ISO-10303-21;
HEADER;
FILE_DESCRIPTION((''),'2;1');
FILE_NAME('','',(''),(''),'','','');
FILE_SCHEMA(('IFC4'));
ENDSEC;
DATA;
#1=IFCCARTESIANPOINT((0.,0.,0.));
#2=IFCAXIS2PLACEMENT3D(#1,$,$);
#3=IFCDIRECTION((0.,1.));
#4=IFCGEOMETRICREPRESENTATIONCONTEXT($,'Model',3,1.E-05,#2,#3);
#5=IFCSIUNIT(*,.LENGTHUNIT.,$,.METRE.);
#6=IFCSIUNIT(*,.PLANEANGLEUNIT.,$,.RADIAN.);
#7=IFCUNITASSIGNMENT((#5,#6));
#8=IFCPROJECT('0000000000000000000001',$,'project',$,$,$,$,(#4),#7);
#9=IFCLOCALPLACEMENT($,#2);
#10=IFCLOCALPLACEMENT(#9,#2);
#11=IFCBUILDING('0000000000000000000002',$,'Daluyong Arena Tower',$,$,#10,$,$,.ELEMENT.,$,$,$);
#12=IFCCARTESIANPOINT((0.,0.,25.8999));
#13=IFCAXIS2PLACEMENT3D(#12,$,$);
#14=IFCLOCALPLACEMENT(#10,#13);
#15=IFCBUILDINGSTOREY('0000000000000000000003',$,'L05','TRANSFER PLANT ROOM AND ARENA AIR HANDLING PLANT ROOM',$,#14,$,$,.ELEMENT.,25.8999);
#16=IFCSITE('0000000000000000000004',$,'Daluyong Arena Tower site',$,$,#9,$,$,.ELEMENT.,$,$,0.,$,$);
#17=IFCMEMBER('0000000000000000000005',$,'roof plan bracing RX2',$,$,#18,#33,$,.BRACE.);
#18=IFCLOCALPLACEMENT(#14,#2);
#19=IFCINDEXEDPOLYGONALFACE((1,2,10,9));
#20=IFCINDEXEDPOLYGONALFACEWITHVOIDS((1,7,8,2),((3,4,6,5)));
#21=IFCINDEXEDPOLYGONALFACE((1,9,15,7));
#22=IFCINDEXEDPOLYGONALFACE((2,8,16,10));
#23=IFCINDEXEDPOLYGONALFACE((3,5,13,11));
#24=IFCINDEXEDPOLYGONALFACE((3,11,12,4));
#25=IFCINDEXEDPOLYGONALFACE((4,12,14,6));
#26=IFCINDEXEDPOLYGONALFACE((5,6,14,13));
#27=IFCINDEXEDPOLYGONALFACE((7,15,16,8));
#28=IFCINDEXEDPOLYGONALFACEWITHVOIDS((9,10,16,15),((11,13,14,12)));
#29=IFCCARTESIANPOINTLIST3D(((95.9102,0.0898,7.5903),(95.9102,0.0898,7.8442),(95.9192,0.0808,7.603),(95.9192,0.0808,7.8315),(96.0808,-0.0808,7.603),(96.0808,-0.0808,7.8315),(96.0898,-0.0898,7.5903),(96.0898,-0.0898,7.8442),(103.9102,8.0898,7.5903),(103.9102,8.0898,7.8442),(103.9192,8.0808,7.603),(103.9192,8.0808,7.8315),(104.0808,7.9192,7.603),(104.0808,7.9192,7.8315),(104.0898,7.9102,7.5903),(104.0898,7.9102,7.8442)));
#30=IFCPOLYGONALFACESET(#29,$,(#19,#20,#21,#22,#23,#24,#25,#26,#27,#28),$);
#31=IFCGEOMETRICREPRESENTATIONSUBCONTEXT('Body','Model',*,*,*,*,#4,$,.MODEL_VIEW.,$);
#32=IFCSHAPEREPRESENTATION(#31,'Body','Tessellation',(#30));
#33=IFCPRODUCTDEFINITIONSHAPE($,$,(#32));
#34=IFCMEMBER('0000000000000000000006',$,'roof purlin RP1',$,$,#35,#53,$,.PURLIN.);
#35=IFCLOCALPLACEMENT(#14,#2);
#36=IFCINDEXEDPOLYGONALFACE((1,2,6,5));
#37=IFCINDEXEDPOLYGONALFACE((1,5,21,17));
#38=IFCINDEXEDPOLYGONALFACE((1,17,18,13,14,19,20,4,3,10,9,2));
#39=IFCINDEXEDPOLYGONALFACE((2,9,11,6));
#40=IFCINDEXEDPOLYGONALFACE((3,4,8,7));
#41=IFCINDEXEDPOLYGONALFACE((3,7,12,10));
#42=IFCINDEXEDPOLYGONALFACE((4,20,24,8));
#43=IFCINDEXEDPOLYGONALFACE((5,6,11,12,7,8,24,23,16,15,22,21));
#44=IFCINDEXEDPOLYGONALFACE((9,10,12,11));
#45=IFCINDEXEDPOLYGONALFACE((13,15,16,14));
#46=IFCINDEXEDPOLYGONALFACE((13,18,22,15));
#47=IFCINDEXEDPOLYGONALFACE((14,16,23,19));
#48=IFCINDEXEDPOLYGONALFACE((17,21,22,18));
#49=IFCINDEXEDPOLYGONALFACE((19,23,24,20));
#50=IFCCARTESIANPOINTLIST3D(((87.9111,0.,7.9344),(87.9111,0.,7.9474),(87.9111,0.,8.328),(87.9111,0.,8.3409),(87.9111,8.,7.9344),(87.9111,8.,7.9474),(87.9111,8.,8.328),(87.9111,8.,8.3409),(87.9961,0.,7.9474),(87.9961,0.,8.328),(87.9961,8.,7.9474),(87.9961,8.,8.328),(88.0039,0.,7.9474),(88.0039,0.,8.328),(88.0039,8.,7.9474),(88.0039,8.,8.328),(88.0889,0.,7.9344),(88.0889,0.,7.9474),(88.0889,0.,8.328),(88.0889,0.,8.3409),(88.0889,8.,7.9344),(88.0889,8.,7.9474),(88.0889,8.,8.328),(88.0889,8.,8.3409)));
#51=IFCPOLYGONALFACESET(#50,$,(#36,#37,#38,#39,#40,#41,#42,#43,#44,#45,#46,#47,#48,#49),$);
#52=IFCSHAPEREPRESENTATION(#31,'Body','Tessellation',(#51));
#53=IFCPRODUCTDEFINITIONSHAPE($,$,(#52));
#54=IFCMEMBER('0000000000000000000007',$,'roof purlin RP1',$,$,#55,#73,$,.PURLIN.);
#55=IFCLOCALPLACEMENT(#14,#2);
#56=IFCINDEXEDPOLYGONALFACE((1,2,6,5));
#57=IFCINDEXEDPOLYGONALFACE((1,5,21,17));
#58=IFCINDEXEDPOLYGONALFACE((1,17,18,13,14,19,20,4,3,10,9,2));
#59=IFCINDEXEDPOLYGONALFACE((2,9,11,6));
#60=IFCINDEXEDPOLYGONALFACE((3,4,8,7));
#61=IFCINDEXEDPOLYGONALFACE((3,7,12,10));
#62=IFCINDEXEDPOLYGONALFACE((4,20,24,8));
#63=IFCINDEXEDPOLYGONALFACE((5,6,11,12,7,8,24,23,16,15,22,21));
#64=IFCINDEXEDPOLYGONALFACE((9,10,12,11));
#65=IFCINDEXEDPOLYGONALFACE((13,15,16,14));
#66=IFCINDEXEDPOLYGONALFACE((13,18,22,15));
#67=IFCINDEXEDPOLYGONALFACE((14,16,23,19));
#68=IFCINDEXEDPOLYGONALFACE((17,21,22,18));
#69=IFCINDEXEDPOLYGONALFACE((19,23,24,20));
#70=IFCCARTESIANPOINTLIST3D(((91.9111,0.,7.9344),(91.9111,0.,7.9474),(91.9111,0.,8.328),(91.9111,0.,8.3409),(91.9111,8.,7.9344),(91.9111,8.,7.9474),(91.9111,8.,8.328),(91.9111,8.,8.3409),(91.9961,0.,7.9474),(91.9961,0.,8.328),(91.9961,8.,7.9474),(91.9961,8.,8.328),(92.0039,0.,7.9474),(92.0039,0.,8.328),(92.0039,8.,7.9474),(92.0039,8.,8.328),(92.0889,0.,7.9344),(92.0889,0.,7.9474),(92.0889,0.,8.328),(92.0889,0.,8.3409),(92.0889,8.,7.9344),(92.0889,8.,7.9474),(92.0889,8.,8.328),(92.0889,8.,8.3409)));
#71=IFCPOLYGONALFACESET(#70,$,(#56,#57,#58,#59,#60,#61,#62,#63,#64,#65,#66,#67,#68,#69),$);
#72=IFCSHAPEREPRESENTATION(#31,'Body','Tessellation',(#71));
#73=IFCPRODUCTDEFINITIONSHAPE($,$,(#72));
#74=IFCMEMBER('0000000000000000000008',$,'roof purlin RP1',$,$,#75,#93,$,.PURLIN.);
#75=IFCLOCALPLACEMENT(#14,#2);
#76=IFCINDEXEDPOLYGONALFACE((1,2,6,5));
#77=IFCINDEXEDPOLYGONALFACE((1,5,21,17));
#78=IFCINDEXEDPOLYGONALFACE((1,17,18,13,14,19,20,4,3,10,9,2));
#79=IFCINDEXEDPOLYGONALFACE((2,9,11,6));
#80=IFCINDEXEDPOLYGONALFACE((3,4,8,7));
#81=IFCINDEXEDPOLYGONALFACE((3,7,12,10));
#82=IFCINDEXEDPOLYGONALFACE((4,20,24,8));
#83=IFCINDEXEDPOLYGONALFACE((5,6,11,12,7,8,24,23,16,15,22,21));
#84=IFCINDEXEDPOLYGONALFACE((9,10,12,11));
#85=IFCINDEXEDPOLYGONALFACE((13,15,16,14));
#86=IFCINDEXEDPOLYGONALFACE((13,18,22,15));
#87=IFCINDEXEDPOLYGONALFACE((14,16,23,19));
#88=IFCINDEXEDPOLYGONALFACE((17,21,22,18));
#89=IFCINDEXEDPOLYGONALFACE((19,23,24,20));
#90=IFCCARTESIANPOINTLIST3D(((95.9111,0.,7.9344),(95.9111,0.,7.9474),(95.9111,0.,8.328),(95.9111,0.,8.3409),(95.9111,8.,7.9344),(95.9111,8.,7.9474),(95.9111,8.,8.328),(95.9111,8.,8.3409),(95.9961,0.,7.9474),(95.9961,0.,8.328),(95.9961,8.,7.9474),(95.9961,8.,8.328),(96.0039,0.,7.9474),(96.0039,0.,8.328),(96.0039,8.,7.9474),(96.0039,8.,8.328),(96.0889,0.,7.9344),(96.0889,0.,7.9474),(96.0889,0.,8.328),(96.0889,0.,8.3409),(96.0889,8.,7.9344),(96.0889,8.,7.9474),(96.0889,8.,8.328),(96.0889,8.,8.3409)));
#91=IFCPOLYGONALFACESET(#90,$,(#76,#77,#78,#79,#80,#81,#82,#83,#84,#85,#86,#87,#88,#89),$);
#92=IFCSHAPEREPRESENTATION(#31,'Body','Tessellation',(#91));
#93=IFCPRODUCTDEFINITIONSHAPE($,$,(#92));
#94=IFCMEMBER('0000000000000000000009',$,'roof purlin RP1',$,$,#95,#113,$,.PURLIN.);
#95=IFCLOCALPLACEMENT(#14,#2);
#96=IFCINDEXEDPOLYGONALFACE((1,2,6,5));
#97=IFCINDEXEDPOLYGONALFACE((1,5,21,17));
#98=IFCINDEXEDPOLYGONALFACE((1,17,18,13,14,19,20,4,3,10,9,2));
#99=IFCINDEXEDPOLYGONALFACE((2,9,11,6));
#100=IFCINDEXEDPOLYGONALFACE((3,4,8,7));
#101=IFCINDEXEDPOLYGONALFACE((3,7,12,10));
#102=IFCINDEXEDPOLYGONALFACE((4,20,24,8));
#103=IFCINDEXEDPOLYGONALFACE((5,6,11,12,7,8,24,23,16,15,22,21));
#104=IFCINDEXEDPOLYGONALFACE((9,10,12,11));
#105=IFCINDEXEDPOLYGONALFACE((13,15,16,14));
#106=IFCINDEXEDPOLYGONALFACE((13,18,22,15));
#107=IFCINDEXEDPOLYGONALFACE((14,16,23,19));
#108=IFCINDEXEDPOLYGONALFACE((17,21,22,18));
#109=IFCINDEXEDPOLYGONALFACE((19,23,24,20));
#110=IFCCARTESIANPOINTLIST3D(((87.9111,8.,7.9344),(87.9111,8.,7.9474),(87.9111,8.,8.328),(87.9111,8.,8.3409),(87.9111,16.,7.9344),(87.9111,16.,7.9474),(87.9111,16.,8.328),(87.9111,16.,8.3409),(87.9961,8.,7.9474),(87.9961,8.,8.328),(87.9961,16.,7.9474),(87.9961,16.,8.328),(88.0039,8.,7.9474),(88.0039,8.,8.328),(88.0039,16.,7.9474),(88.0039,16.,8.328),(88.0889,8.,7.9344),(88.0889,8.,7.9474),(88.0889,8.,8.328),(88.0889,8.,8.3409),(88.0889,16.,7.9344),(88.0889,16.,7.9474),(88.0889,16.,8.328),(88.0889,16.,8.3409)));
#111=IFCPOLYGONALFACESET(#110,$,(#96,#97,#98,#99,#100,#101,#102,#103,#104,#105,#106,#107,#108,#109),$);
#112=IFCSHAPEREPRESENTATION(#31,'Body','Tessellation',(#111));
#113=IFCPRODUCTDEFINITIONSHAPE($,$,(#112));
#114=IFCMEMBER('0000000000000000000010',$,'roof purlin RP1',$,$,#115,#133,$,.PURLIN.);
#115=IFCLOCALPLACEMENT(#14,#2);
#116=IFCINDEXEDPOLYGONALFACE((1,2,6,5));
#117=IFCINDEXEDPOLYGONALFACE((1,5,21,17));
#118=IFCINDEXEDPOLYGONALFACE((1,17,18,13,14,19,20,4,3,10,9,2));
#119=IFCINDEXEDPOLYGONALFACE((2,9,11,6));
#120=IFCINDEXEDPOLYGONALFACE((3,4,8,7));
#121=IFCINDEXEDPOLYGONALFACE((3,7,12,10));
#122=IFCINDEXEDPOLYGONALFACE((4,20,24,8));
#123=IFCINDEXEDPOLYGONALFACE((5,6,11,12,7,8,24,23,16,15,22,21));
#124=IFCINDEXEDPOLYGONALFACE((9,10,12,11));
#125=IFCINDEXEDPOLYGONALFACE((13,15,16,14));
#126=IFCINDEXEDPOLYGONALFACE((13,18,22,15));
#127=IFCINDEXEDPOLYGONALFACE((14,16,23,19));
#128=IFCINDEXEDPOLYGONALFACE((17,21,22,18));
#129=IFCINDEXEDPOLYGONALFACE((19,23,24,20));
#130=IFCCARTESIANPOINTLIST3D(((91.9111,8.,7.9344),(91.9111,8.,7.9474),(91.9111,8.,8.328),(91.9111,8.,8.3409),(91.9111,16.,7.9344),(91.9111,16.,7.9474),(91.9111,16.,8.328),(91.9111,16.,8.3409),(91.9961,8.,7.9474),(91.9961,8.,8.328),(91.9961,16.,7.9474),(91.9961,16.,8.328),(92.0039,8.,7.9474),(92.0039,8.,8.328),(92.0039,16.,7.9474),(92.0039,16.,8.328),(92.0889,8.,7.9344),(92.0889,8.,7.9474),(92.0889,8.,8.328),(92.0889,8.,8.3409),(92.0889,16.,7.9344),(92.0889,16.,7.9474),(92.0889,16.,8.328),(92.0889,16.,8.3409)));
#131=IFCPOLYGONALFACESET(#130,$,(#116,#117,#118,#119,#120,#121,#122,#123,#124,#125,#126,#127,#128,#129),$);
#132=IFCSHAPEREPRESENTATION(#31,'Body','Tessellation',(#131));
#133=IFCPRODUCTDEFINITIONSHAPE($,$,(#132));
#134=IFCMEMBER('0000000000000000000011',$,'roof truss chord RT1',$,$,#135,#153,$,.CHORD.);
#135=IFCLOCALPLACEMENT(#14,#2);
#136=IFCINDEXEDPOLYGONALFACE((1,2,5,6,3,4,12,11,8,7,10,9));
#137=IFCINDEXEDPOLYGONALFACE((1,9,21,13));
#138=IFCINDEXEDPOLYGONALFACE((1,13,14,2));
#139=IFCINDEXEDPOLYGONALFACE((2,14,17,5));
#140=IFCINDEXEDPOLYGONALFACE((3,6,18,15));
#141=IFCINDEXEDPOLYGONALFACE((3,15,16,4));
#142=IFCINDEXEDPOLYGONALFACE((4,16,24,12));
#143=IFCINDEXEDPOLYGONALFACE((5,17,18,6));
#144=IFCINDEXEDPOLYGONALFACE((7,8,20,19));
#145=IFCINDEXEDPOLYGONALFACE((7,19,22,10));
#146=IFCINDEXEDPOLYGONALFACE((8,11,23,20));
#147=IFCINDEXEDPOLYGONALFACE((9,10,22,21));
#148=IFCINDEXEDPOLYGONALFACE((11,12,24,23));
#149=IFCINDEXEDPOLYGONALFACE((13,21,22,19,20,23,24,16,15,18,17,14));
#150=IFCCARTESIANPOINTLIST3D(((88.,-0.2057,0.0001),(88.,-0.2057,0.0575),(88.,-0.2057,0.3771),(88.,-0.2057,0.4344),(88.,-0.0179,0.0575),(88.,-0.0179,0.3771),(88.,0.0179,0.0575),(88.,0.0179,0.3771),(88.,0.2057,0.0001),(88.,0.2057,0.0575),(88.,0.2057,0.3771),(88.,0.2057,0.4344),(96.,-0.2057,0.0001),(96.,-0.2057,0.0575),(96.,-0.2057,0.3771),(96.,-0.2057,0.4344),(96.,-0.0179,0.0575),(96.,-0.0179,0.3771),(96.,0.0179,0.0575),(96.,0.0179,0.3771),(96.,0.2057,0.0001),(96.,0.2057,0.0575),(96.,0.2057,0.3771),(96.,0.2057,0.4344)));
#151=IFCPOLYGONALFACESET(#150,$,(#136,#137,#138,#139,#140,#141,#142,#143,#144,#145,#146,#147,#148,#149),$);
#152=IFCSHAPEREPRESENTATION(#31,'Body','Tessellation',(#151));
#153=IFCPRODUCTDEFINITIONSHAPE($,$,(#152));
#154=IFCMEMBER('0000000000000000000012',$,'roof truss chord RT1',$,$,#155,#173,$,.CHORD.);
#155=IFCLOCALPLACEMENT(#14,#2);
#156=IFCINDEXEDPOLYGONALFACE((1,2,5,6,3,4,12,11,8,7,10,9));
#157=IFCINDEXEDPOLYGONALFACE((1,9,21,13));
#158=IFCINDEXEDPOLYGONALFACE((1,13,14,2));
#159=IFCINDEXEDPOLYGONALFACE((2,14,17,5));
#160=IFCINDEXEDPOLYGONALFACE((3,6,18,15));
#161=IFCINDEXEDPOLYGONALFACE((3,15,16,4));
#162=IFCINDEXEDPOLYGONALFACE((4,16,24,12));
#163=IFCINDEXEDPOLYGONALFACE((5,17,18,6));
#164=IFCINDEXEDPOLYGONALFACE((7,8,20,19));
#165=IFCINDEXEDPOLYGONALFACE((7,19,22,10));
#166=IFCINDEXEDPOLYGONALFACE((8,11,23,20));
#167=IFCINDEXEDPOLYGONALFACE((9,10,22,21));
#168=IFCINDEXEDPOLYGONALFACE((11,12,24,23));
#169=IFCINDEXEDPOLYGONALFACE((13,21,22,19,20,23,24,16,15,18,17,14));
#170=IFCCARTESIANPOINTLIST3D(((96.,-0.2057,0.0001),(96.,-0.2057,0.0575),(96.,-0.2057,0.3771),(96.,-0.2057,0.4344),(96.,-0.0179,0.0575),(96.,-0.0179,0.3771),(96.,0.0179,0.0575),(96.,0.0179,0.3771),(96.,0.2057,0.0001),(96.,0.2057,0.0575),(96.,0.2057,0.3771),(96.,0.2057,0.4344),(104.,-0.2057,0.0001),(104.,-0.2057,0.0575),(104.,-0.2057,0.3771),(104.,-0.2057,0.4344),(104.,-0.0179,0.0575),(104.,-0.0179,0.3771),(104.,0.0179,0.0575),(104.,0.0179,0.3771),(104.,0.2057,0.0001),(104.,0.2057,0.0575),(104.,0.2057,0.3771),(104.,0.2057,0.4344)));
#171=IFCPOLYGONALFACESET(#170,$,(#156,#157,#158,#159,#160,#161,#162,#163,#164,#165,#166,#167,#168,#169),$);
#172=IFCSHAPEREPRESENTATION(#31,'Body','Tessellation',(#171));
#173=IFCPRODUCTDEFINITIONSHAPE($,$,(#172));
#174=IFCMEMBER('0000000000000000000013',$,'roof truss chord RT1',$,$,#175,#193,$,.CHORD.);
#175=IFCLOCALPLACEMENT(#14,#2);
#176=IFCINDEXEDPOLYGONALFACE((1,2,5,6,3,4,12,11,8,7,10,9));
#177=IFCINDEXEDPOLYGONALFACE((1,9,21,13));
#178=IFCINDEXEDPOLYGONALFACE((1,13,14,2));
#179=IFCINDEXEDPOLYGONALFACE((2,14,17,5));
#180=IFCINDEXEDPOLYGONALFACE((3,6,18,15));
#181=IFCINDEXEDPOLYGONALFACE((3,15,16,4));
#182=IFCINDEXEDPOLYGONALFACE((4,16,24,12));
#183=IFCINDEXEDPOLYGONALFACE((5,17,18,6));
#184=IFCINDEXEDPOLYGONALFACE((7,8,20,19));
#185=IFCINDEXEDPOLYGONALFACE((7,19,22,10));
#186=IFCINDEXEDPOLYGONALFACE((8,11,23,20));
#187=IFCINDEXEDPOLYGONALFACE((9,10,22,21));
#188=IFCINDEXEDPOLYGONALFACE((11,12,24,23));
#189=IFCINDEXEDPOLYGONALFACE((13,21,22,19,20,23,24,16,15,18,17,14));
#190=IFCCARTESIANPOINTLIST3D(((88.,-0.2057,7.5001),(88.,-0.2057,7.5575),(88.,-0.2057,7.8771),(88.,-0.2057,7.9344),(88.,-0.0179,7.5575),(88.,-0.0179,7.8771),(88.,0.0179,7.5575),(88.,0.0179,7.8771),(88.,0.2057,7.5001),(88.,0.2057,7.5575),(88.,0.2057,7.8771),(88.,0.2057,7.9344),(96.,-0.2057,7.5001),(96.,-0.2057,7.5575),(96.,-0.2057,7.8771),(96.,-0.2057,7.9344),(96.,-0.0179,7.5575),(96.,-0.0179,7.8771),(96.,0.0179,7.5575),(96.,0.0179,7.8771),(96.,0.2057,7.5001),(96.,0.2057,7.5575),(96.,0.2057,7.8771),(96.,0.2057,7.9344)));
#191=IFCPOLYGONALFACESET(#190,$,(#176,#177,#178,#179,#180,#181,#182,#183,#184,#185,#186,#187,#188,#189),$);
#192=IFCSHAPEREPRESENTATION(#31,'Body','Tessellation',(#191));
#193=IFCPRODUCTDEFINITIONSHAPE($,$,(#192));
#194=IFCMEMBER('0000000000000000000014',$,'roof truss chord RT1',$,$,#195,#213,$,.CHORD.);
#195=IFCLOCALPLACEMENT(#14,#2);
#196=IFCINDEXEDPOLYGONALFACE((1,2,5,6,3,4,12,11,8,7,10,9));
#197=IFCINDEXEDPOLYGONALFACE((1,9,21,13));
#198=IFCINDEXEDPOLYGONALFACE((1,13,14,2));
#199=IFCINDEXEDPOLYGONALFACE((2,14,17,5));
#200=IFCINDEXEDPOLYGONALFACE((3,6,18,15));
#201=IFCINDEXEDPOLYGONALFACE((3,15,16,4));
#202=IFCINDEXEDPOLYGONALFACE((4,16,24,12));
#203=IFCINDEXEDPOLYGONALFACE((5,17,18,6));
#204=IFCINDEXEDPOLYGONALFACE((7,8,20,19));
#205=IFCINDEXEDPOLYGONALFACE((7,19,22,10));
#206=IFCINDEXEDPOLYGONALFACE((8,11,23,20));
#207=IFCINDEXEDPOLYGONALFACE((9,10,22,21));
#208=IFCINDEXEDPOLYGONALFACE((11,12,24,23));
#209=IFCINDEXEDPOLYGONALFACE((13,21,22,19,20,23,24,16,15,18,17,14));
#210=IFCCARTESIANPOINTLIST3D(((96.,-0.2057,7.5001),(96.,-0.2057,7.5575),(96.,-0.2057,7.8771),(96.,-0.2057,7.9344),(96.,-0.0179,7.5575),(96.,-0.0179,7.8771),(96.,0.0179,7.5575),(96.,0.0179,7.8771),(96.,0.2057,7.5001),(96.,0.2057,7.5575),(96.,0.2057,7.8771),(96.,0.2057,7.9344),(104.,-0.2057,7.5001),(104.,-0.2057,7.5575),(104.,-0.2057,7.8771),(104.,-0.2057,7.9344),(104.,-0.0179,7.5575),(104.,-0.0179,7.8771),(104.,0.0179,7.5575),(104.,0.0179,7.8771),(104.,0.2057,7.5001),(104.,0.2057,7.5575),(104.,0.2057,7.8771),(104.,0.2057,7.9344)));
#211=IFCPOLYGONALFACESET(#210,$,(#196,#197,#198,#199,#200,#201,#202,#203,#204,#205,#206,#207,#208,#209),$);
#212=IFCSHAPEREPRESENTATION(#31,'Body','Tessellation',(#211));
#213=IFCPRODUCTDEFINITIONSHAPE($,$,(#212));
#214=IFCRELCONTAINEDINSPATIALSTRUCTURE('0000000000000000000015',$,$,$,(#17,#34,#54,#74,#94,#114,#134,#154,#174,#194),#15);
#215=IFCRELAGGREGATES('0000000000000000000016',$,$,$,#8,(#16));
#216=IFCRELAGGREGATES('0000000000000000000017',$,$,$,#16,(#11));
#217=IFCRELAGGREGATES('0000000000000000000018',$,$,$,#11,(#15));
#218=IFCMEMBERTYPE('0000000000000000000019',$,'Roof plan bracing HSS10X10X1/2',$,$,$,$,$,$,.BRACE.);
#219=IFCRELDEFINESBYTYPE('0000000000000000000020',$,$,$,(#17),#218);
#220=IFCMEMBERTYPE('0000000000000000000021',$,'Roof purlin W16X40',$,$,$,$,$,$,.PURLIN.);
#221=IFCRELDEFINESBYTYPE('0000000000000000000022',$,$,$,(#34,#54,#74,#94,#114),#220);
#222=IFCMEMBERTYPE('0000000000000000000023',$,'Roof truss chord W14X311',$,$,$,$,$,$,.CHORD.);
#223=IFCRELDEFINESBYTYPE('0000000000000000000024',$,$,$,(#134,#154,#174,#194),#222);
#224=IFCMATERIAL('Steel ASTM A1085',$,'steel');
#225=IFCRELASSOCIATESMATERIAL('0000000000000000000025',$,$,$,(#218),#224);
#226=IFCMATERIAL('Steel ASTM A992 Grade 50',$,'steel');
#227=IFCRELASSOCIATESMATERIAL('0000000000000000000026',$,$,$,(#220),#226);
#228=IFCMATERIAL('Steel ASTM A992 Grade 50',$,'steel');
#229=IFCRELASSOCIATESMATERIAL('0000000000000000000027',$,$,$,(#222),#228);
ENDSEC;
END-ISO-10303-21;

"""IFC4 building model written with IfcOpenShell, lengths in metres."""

from ifc_helpers import new_model, si_unit, direction, frame, origin, origin_2d, place, context, subcontext, project, spatial, hollow_rectangle, i_section, extrude, material, material_profile, profile_set, type_object, element, save


model = new_model("IFC4")

# Units and contexts
model_context = context("Model", 3, precision=1e-05, world=origin(), true_north=direction((0.0, 1.0)))
body_context = subcontext(model_context, "Body", "Model", "MODEL_VIEW")
ifc_project = project(units=[si_unit("LENGTHUNIT", "METRE"), si_unit("PLANEANGLEUNIT", "RADIAN")], contexts=[model_context])

# Site, building, storey
site_placement = place(None, origin())
site = spatial("IfcSite", under=ifc_project, at=site_placement, Name="Daluyong Arena Tower site", CompositionType="ELEMENT", RefElevation=0.0)
building_placement = place(site_placement, origin())
building = spatial("IfcBuilding", under=site, at=building_placement, Name="Daluyong Arena Tower", CompositionType="ELEMENT")
storey_placement = place(building_placement, frame((0.0, 0.0, 25.8999)))
storey = spatial("IfcBuildingStorey", under=building, at=storey_placement, Name="L05", Description="TRANSFER PLANT ROOM AND ARENA AIR HANDLING PLANT ROOM", CompositionType="ELEMENT", Elevation=25.8999)

# Members
ifc_material_1 = material(Name="Steel ASTM A1085", Category="steel")
ifc_material_profile_1 = material_profile(ifc_material_1, hollow_rectangle(XDim=0.2539, YDim=0.2539, WallThickness=0.0127, at=origin_2d()))
ifc_profile_set_1 = profile_set([ifc_material_profile_1], Name="Steel ASTM A1085")
member_type_1 = type_object("IfcMemberType", Name="Roof plan bracing HSS10X10X1/2", PredefinedType="BRACE", material=ifc_profile_set_1)
member_placement = place(storey_placement, frame((96.0, 0.0, 7.7173), z_axis=(0.707107, 0.707107, 0.0), x_axis=(-0.707107, 0.707107, 0.0)))
element("IfcMember", 1, at=member_placement, inside=storey, type_object=member_type_1, Name="roof plan bracing RX2", PredefinedType="BRACE", context=body_context, shape_type="SweptSolid", body=[
    extrude(hollow_rectangle(XDim=0.2539, YDim=0.2539, WallThickness=0.0127, at=origin_2d()), origin(), (0.0, 0.0, 1.0), 11.3137),
])
ifc_material_2 = material(Name="Steel ASTM A992 Grade 50", Category="steel")
ifc_material_profile_2 = material_profile(ifc_material_2, i_section(OverallWidth=0.1777, OverallDepth=0.4065, WebThickness=0.0078, FlangeThickness=0.0129, at=origin_2d()))
ifc_profile_set_2 = profile_set([ifc_material_profile_2], Name="Steel ASTM A992 Grade 50")
member_type_2 = type_object("IfcMemberType", Name="Roof purlin W16X40", PredefinedType="PURLIN", material=ifc_profile_set_2)
for number, where, z_axis, x_axis, name in (
    (2, (88.0, 0.0, 8.1377), (0.0, 1.0, 0.0), (-1.0, 0.0, 0.0), "roof purlin RP1"),
    (3, (92.0, 0.0, 8.1377), (0.0, 1.0, 0.0), (-1.0, 0.0, 0.0), "roof purlin RP1"),
    (4, (96.0, 0.0, 8.1377), (0.0, 1.0, 0.0), (-1.0, 0.0, 0.0), "roof purlin RP1"),
    (5, (88.0, 8.0, 8.1377), (0.0, 1.0, 0.0), (-1.0, 0.0, 0.0), "roof purlin RP1"),
    (6, (92.0, 8.0, 8.1377), (0.0, 1.0, 0.0), (-1.0, 0.0, 0.0), "roof purlin RP1"),
):
    element("IfcMember", number, at=place(storey_placement, frame(where, z_axis=z_axis, x_axis=x_axis)), inside=storey, type_object=member_type_2, Name=name, PredefinedType="PURLIN", context=body_context, shape_type="SweptSolid", body=[
        extrude(i_section(OverallWidth=0.1777, OverallDepth=0.4065, WebThickness=0.0078, FlangeThickness=0.0129, at=origin_2d()), origin(), (0.0, 0.0, 1.0), 8.0),
    ])
ifc_material_3 = material(Name="Steel ASTM A992 Grade 50", Category="steel")
ifc_material_profile_3 = material_profile(ifc_material_3, i_section(OverallWidth=0.4114, OverallDepth=0.4343, WebThickness=0.0359, FlangeThickness=0.0574, at=origin_2d()))
ifc_profile_set_3 = profile_set([ifc_material_profile_3], Name="Steel ASTM A992 Grade 50")
member_type_3 = type_object("IfcMemberType", Name="Roof truss chord W14X311", PredefinedType="CHORD", material=ifc_profile_set_3)
for number, where, z_axis, x_axis, name in (
    (7, (88.0, 0.0, 0.2173), (1.0, 0.0, 0.0), (0.0, 1.0, 0.0), "roof truss chord RT1"),
    (8, (96.0, 0.0, 0.2173), (1.0, 0.0, 0.0), (0.0, 1.0, 0.0), "roof truss chord RT1"),
    (9, (88.0, 0.0, 7.7173), (1.0, 0.0, 0.0), (0.0, 1.0, 0.0), "roof truss chord RT1"),
    (10, (96.0, 0.0, 7.7173), (1.0, 0.0, 0.0), (0.0, 1.0, 0.0), "roof truss chord RT1"),
):
    element("IfcMember", number, at=place(storey_placement, frame(where, z_axis=z_axis, x_axis=x_axis)), inside=storey, type_object=member_type_3, Name=name, PredefinedType="CHORD", context=body_context, shape_type="SweptSolid", body=[
        extrude(i_section(OverallWidth=0.4114, OverallDepth=0.4343, WebThickness=0.0359, FlangeThickness=0.0574, at=origin_2d()), origin(), (0.0, 0.0, 1.0), 8.0),
    ])

save(model, "model.ifc")
